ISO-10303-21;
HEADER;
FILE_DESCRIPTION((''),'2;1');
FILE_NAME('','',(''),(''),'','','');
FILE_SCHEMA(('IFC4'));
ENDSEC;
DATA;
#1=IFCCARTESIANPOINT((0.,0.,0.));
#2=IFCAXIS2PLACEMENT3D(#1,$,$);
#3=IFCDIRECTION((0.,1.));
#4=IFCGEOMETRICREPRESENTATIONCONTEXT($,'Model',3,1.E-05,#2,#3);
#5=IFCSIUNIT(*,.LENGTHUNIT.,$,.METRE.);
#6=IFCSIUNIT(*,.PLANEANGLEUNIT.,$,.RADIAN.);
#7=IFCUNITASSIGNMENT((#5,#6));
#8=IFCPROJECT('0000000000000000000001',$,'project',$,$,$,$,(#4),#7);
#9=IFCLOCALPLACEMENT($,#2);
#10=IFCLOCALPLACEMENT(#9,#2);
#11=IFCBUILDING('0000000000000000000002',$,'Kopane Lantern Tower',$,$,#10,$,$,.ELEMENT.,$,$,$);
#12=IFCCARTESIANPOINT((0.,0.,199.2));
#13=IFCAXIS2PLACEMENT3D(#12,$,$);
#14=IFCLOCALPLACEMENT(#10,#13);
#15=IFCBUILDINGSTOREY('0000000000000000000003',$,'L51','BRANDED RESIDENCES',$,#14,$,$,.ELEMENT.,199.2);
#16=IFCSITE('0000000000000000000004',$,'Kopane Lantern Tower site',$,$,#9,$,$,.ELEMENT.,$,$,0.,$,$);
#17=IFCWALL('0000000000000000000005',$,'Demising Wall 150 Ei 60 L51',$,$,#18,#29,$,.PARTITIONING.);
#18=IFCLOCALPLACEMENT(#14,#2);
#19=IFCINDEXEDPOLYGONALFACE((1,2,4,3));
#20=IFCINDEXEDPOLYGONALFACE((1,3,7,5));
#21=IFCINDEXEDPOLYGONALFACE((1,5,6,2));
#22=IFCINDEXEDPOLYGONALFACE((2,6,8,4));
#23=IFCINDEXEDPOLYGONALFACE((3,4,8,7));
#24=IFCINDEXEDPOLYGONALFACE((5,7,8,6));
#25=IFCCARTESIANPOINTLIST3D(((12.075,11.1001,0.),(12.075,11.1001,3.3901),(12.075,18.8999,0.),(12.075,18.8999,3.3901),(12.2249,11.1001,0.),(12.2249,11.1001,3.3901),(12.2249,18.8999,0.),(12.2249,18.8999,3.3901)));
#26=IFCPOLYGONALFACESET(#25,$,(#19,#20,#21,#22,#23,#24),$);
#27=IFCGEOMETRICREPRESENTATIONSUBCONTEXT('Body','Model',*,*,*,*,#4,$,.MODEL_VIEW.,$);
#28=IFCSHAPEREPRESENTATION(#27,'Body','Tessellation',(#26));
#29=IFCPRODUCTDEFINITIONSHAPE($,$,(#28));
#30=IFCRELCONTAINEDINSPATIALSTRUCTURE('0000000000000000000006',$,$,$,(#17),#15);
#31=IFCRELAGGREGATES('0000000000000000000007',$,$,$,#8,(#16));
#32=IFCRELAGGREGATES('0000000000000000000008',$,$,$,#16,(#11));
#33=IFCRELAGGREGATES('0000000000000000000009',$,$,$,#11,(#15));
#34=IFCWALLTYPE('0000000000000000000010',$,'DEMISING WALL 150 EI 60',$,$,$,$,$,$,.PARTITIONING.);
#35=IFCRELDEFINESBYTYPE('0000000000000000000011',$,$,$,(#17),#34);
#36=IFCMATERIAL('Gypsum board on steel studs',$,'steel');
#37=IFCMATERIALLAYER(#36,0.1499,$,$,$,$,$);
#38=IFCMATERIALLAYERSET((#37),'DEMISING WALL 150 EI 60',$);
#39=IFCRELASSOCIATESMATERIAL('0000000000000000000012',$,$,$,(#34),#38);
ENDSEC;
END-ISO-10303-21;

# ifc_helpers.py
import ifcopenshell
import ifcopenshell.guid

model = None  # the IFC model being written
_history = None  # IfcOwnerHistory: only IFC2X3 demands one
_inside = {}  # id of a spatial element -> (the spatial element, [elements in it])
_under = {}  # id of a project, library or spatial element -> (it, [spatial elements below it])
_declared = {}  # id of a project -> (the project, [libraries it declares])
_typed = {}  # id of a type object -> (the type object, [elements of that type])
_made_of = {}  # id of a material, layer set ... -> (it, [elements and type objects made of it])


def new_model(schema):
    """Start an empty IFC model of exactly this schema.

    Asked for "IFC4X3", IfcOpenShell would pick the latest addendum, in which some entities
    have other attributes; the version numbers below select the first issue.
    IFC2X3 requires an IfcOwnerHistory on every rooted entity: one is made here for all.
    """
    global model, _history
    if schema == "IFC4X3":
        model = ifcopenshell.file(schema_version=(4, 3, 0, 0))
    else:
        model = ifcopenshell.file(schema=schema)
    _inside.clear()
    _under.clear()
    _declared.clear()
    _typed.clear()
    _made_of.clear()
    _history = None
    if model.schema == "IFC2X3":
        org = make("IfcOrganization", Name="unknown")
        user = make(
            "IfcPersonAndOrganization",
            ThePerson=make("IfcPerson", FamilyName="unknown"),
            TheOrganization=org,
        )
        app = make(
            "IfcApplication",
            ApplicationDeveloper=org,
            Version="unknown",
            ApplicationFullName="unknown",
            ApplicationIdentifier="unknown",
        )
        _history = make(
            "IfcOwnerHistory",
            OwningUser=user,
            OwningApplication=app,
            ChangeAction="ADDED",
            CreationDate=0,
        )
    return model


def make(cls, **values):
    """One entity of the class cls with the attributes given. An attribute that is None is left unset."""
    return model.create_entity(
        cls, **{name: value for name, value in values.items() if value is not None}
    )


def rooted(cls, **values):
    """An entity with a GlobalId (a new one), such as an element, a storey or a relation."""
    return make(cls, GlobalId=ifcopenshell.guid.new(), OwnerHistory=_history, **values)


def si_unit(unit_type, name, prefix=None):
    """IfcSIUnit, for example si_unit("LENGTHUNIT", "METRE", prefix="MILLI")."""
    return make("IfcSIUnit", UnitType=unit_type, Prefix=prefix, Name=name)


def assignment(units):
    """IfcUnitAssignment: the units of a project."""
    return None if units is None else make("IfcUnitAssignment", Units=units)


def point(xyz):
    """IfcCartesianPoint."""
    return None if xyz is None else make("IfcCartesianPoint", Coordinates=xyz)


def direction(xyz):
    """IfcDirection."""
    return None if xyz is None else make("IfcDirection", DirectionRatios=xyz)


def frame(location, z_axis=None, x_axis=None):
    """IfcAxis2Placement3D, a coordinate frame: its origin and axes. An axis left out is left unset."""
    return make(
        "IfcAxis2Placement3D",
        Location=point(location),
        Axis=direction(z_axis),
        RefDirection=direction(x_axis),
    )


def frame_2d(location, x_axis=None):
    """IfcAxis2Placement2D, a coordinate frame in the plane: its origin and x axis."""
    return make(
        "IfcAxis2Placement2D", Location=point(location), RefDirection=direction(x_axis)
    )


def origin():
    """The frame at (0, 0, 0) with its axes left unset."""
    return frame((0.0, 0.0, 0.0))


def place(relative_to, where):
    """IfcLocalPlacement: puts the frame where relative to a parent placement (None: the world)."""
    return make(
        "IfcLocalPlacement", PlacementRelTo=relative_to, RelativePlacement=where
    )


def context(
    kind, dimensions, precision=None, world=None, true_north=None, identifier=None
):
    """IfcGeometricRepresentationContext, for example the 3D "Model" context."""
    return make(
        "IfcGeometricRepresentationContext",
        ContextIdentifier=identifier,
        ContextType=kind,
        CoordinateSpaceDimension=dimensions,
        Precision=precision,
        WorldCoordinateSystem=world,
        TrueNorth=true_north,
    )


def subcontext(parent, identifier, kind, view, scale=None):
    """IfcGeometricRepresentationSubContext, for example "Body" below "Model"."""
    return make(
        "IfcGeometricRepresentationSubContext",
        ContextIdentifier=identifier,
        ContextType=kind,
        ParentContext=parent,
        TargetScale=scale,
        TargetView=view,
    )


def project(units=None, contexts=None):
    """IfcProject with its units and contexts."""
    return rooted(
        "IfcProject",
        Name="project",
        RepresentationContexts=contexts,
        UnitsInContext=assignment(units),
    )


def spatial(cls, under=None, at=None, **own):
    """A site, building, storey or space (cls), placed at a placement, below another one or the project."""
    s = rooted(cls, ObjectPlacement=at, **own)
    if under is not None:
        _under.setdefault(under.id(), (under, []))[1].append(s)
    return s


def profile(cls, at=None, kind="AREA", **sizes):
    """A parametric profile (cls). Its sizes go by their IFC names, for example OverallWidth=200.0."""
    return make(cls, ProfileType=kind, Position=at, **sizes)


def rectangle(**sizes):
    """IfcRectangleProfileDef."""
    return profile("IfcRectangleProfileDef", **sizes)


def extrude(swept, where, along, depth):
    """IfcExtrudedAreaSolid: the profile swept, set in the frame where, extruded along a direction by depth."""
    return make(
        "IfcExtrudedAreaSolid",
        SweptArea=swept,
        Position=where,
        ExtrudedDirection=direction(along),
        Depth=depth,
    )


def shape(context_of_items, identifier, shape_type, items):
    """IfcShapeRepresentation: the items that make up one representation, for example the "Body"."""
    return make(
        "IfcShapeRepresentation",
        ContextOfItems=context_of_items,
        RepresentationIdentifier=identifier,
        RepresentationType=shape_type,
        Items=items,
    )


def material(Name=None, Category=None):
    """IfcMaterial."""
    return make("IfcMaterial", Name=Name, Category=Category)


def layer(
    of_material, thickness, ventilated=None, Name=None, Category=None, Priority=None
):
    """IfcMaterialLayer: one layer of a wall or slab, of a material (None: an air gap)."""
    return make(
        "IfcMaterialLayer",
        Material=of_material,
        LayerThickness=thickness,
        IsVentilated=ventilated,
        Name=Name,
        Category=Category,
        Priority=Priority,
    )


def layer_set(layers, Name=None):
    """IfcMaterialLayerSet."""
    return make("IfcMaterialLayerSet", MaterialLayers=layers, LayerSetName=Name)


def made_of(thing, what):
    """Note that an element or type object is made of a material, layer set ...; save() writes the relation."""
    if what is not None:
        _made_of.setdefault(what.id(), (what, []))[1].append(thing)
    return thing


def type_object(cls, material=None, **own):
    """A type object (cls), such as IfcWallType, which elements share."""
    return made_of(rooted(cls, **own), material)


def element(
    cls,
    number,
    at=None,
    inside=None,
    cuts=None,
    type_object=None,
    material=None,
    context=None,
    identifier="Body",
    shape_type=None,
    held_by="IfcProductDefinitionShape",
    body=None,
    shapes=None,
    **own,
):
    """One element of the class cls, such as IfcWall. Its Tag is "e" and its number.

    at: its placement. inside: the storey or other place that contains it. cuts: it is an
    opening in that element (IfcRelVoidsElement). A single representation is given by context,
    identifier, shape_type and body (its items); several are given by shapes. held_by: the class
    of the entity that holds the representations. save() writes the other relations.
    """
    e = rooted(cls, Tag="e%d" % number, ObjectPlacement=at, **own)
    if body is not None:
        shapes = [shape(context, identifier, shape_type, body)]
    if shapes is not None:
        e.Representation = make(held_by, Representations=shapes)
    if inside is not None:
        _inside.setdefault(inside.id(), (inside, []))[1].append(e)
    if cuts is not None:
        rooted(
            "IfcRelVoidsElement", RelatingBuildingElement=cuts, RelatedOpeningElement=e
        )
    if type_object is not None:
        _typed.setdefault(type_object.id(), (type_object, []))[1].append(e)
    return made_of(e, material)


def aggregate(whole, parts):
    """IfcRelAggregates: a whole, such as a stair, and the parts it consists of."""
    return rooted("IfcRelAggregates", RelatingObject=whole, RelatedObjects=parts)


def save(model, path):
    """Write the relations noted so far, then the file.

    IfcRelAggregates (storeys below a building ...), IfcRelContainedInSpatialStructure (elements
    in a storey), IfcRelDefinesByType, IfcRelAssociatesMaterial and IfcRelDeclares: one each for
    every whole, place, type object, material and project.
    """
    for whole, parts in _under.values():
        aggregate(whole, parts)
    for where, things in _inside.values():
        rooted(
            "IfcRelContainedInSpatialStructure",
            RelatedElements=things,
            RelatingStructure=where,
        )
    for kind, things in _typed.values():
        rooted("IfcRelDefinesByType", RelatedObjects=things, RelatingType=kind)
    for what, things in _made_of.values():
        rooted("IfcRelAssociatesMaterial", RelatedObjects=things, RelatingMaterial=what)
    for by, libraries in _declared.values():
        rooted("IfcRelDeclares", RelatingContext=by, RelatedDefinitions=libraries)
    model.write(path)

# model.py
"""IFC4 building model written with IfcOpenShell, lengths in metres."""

from ifc_helpers import new_model, si_unit, direction, frame, frame_2d, origin, place, context, subcontext, project, spatial, rectangle, extrude, material, layer, layer_set, type_object, element, save


model = new_model("IFC4")

# Units and contexts
model_context = context("Model", 3, precision=1e-05, world=origin(), true_north=direction((0.0, 1.0)))
body_context = subcontext(model_context, "Body", "Model", "MODEL_VIEW")
ifc_project = project(units=[si_unit("LENGTHUNIT", "METRE"), si_unit("PLANEANGLEUNIT", "RADIAN")], contexts=[model_context])

# Site, building, storey
site_placement = place(None, origin())
site = spatial("IfcSite", under=ifc_project, at=site_placement, Name="Kopane Lantern Tower site", CompositionType="ELEMENT", RefElevation=0.0)
building_placement = place(site_placement, origin())
building = spatial("IfcBuilding", under=site, at=building_placement, Name="Kopane Lantern Tower", CompositionType="ELEMENT")
storey_placement = place(building_placement, frame((0.0, 0.0, 199.2)))
storey = spatial("IfcBuildingStorey", under=building, at=storey_placement, Name="L51", Description="BRANDED RESIDENCES", CompositionType="ELEMENT", Elevation=199.2)

# Wall
ifc_material_1 = material(Name="Gypsum board on steel studs", Category="steel")
ifc_layer_1 = layer(ifc_material_1, 0.1499)
ifc_layer_set_1 = layer_set([ifc_layer_1], Name="DEMISING WALL 150 EI 60")
wall_type_1 = type_object("IfcWallType", Name="DEMISING WALL 150 EI 60", PredefinedType="PARTITIONING", material=ifc_layer_set_1)
wall_1_placement = place(storey_placement, frame((12.1499, 18.8999, 0.0), z_axis=(0.0, 0.0, 1.0), x_axis=(0.0, -1.0, 0.0)))
element("IfcWall", 1, at=wall_1_placement, inside=storey, type_object=wall_type_1, Name="Demising Wall 150 Ei 60 L51", PredefinedType="PARTITIONING", context=body_context, shape_type="SweptSolid", body=[
    extrude(rectangle(XDim=7.7998, YDim=0.1499, at=frame_2d((3.8999, 0.0))), origin(), (0.0, 0.0, 1.0), 3.3901),
])

save(model, "model.ifc")
